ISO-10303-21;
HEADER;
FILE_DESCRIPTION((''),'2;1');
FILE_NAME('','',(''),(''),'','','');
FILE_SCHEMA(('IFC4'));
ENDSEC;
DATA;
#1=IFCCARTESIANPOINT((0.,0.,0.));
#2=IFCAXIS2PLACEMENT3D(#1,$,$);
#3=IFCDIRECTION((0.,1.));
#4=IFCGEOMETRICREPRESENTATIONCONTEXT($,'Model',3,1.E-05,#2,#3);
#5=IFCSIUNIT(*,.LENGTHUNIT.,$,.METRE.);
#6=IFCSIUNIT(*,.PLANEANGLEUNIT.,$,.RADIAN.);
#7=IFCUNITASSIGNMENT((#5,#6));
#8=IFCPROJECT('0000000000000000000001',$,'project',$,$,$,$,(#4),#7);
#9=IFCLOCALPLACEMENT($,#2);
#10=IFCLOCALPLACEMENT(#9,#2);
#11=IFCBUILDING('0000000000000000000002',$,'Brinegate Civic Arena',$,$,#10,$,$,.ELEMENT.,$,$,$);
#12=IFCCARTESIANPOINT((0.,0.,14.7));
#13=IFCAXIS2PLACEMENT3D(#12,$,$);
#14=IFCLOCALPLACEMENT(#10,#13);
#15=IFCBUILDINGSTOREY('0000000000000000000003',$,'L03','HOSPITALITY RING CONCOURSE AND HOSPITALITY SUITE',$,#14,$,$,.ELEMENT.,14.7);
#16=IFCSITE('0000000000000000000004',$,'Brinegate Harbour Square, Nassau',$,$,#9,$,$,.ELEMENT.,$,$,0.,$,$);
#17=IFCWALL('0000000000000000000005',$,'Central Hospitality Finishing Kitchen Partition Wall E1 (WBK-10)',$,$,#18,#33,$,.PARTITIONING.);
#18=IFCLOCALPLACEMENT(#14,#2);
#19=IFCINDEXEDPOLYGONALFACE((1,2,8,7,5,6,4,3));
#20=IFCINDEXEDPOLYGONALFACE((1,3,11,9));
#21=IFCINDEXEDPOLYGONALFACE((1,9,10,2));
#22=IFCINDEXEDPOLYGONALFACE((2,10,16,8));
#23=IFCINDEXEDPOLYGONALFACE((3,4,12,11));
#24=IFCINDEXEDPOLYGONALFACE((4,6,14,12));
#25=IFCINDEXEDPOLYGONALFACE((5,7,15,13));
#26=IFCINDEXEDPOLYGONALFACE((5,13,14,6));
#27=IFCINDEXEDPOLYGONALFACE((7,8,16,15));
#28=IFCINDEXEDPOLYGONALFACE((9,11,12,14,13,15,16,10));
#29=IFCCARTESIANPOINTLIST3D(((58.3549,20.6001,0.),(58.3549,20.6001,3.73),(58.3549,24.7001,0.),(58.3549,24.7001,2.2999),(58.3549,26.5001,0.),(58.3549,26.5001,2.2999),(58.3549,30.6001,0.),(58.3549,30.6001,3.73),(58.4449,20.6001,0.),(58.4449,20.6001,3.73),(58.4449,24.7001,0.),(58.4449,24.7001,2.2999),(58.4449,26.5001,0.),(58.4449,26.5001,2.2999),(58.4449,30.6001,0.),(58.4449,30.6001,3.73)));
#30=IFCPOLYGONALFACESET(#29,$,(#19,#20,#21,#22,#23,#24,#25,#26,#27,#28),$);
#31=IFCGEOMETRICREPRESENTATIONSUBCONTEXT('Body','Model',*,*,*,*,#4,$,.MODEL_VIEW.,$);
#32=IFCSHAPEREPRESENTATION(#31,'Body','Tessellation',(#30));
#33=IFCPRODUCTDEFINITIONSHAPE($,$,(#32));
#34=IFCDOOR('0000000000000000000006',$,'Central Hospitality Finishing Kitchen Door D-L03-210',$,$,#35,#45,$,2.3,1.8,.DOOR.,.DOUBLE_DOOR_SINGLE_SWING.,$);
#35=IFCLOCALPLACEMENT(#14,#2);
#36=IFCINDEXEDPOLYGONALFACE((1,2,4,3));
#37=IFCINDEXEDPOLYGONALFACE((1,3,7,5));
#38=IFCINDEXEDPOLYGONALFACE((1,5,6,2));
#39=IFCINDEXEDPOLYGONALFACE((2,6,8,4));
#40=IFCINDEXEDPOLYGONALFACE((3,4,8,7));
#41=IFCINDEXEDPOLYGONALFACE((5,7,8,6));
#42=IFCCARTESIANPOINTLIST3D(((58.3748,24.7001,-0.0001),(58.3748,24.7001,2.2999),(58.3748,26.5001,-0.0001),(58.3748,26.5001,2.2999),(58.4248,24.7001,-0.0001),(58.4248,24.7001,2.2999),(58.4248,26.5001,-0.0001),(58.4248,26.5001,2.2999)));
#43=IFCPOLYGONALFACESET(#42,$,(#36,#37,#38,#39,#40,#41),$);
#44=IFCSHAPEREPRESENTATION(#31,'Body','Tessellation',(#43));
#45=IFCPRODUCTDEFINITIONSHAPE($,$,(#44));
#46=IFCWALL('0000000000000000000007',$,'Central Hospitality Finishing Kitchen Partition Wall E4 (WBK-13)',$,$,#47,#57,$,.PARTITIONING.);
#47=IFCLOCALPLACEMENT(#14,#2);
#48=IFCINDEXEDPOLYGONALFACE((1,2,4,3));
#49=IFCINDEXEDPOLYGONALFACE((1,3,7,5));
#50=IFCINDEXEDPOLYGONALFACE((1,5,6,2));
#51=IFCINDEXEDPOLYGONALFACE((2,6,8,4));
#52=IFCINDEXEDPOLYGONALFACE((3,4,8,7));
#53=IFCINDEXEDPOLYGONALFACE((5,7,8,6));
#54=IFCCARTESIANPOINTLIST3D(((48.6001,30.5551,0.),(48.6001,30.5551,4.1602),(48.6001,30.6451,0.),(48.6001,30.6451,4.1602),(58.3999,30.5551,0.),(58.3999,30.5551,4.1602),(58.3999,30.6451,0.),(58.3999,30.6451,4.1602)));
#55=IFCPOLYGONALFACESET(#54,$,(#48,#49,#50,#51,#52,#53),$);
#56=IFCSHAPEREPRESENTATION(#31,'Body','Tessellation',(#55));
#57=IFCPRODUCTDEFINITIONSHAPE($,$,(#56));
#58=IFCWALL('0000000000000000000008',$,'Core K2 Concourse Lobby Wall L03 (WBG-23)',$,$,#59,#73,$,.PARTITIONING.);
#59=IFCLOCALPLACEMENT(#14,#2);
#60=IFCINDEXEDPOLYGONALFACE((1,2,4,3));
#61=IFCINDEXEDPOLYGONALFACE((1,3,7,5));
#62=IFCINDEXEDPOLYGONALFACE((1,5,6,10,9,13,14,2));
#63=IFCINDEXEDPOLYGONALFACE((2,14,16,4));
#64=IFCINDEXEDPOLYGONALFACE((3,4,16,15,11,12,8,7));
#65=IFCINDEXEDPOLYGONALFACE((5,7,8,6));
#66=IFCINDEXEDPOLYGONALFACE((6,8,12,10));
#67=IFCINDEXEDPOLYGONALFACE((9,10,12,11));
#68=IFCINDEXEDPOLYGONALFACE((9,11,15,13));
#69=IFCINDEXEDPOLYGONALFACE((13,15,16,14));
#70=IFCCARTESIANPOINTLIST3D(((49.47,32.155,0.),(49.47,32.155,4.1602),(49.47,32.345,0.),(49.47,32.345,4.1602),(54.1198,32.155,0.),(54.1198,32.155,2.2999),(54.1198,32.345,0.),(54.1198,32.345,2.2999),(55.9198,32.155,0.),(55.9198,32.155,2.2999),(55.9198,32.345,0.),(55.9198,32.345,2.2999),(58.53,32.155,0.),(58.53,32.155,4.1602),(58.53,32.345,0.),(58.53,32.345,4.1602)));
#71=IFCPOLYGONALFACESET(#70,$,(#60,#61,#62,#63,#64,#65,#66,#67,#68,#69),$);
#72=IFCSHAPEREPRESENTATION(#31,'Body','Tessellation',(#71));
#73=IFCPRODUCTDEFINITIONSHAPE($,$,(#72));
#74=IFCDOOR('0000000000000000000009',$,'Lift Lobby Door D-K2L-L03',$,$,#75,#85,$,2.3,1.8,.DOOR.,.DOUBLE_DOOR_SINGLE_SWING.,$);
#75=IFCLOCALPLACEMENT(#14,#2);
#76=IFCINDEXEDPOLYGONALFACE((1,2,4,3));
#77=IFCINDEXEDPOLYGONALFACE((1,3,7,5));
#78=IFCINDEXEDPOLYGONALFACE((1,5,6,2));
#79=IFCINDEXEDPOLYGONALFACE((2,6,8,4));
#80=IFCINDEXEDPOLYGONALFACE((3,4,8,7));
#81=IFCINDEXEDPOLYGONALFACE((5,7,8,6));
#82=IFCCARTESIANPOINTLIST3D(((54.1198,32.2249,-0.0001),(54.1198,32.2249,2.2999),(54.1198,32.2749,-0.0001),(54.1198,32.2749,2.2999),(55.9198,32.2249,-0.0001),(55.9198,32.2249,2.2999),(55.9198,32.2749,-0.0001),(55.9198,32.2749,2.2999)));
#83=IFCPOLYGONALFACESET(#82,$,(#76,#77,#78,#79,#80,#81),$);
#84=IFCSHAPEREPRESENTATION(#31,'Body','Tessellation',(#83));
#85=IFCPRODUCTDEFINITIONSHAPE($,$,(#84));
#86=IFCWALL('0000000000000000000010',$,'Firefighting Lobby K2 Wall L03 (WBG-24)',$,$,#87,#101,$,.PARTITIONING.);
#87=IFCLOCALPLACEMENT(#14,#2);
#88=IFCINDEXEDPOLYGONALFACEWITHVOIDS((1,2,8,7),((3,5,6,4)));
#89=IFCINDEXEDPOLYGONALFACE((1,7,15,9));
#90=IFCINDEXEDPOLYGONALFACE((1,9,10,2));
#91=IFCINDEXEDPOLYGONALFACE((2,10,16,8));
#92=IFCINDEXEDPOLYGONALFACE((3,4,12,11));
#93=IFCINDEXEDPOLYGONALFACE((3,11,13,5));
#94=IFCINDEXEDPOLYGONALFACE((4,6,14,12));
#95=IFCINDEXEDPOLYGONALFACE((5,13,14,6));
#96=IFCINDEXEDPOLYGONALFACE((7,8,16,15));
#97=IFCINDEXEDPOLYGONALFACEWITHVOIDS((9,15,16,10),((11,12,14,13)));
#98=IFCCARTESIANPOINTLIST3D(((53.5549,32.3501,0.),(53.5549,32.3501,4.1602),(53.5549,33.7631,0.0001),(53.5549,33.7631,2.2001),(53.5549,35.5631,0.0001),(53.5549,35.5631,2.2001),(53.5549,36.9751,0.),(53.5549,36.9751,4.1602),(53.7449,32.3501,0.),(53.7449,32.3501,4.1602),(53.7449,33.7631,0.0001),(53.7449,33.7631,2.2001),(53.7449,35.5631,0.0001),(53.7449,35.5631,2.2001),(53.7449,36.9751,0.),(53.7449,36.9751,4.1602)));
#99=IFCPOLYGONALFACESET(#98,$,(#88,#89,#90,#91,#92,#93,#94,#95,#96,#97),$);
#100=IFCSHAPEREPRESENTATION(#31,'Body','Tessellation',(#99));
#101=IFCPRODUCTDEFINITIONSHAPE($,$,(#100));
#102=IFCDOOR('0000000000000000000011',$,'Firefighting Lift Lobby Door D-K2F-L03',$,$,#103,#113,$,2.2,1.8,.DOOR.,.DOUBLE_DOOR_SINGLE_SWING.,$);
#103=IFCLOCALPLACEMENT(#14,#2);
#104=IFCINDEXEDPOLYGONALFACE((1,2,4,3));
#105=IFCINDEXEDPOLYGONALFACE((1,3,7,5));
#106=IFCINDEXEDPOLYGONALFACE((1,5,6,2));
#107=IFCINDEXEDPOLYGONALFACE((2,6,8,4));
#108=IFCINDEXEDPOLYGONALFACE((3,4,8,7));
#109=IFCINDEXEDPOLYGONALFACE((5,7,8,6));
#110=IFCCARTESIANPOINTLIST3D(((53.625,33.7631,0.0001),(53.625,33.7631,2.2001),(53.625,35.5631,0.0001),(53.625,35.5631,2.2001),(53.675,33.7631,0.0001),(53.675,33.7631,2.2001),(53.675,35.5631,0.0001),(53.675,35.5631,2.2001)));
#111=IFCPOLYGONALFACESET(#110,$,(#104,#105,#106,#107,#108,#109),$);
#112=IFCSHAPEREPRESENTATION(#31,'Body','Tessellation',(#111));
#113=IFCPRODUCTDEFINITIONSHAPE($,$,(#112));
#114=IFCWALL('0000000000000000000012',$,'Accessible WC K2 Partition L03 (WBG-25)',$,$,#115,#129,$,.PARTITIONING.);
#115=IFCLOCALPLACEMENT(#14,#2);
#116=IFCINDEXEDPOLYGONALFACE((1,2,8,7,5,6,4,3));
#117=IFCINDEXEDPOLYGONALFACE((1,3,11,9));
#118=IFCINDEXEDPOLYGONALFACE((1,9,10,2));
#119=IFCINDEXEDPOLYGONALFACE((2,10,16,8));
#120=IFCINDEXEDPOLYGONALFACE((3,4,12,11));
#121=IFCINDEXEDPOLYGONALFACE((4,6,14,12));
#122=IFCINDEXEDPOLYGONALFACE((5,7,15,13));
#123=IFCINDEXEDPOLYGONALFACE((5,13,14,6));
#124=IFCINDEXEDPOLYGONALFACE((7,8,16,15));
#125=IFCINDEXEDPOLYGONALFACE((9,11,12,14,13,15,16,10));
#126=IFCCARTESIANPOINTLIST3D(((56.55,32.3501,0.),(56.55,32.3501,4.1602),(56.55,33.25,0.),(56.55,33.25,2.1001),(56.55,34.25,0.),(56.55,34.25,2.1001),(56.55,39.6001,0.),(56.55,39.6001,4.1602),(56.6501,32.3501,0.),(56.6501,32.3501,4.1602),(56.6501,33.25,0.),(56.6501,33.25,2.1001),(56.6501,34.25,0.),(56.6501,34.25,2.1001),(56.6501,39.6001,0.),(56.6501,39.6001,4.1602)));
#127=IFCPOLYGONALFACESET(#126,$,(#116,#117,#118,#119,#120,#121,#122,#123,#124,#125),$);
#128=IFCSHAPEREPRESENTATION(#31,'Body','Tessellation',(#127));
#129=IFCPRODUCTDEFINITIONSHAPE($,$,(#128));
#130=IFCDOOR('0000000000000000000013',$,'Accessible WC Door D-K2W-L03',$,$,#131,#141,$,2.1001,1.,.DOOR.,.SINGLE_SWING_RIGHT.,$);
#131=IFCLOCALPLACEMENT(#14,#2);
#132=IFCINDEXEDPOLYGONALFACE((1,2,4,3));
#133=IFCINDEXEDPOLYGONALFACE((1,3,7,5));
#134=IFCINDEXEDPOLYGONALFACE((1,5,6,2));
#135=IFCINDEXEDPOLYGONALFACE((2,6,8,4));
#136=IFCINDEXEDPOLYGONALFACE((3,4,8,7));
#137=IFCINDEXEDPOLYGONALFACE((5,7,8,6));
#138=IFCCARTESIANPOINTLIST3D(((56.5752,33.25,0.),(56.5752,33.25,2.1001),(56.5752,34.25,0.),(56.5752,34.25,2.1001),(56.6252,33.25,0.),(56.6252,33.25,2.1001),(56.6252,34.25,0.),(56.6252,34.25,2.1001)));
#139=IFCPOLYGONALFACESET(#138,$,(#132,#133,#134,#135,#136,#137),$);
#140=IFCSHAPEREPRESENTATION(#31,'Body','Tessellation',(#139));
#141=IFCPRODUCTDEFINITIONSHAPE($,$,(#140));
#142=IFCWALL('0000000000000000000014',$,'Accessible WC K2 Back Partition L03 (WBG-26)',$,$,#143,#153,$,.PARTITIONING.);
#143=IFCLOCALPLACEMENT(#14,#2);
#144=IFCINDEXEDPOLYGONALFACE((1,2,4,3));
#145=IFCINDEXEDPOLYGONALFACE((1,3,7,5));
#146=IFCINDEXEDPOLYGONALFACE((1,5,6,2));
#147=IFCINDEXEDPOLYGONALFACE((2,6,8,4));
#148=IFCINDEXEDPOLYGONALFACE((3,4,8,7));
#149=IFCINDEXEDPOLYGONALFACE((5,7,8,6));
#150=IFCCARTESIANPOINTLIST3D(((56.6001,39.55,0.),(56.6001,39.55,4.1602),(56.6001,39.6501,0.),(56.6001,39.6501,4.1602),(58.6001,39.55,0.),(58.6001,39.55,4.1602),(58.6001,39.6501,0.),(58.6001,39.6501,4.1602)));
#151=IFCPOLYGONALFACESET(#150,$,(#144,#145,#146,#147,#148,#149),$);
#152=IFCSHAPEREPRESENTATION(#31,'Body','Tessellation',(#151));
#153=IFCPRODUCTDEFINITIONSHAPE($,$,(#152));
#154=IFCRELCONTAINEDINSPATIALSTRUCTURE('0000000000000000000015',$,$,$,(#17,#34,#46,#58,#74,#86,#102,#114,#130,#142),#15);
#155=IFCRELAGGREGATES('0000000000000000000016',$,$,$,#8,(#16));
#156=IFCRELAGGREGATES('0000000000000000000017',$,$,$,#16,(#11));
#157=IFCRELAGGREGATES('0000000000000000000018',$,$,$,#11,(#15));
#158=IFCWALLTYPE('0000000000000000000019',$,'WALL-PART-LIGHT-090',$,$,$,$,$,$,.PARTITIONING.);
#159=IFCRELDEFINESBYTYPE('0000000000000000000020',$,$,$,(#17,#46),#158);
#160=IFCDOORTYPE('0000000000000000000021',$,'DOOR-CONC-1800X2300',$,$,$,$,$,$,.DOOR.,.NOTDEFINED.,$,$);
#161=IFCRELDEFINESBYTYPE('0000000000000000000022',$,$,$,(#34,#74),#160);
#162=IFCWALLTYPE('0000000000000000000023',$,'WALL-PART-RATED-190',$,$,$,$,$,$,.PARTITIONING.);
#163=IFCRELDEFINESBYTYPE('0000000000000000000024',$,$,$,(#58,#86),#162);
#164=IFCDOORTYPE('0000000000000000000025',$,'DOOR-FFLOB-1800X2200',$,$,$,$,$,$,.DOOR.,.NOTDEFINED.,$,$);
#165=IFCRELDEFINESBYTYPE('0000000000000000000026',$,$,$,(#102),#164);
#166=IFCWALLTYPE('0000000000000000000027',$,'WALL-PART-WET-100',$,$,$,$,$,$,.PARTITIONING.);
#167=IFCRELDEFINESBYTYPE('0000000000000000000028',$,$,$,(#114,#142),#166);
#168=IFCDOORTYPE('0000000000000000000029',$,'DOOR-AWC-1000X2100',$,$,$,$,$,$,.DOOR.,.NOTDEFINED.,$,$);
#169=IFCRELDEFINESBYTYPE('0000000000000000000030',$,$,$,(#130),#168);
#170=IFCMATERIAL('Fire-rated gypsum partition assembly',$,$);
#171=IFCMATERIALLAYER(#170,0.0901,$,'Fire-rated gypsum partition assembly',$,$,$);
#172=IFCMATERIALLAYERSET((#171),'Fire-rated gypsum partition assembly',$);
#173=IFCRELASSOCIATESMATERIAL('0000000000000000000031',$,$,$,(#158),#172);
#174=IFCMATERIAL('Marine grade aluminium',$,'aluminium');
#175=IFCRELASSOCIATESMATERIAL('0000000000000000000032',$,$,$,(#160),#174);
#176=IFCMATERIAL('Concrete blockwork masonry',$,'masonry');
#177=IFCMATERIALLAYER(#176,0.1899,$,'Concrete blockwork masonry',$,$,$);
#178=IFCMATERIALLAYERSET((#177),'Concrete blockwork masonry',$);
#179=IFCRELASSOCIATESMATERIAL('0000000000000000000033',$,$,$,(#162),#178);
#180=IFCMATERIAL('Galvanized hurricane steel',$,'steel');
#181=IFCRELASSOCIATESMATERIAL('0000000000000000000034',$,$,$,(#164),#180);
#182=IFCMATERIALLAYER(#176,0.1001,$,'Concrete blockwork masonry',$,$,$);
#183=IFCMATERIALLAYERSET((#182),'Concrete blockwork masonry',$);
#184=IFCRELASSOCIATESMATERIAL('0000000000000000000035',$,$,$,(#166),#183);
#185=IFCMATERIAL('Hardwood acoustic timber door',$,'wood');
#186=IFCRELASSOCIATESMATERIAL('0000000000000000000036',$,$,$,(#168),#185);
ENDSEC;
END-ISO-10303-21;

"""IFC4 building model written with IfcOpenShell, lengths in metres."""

from ifc_helpers import new_model, si_unit, direction, frame, frame_2d, origin, place, context, subcontext, project, spatial, rectangle, extrude, material, layer, layer_set, type_object, element, fill, save


model = new_model("IFC4")

# Units and contexts
model_context = context("Model", 3, precision=1e-05, world=origin(), true_north=direction((0.0, 1.0)))
body_context = subcontext(model_context, "Body", "Model", "MODEL_VIEW")
ifc_project = project(units=[si_unit("LENGTHUNIT", "METRE"), si_unit("PLANEANGLEUNIT", "RADIAN")], contexts=[model_context])

# Site, building, storey
site_placement = place(None, origin())
site = spatial("IfcSite", under=ifc_project, at=site_placement, Name="Brinegate Harbour Square, Nassau", CompositionType="ELEMENT", RefElevation=0.0)
building_placement = place(site_placement, origin())
building = spatial("IfcBuilding", under=site, at=building_placement, Name="Brinegate Civic Arena", CompositionType="ELEMENT")
storey_placement = place(building_placement, frame((0.0, 0.0, 14.7)))
storey = spatial("IfcBuildingStorey", under=building, at=storey_placement, Name="L03", Description="HOSPITALITY RING CONCOURSE AND HOSPITALITY SUITE", CompositionType="ELEMENT", Elevation=14.7)

# Wall, opening, door
ifc_material_1 = material(Name="Fire-rated gypsum partition assembly")
ifc_layer_1 = layer(ifc_material_1, 0.0901, Name="Fire-rated gypsum partition assembly")
ifc_layer_set_1 = layer_set([ifc_layer_1], Name="Fire-rated gypsum partition assembly")
wall_type_1 = type_object("IfcWallType", Name="WALL-PART-LIGHT-090", PredefinedType="PARTITIONING", material=ifc_layer_set_1)
wall_1_placement = place(storey_placement, frame((58.3999, 30.6001, 0.0), z_axis=(0.0, 0.0, 1.0), x_axis=(0.0, -1.0, 0.0)))
wall_1 = element("IfcWall", 1, at=wall_1_placement, inside=storey, type_object=wall_type_1, Name="Central Hospitality Finishing Kitchen Partition Wall E1 (WBK-10)", PredefinedType="PARTITIONING", context=body_context, shape_type="SweptSolid", body=[
    extrude(rectangle(XDim=10.0, YDim=0.0901, at=frame_2d((5.0, 0.0))), origin(), (0.0, 0.0, 1.0), 3.73),
])
opening_1_placement = place(wall_1_placement, frame((4.1001, 0.0, 0.0)))
opening_1 = element("IfcOpeningElement", 2, at=opening_1_placement, cuts=wall_1, PredefinedType="OPENING", context=body_context, shape_type="SweptSolid", body=[
    extrude(rectangle(XDim=1.8, YDim=2.3, at=frame_2d((0.8999, 1.1499))), frame((0.0, 0.0549, 0.0), z_axis=(0.0, -1.0, 0.0), x_axis=(1.0, 0.0, 0.0)), (0.0, 0.0, 1.0), 0.1101),
])
ifc_material_2 = material(Name="Marine grade aluminium", Category="aluminium")
door_type_1 = type_object("IfcDoorType", Name="DOOR-CONC-1800X2300", OperationType="NOTDEFINED", PredefinedType="DOOR", material=ifc_material_2)
door_1_placement = place(opening_1_placement, origin())
door_1 = element("IfcDoor", 3, at=door_1_placement, inside=storey, type_object=door_type_1, Name="Central Hospitality Finishing Kitchen Door D-L03-210", OperationType="DOUBLE_DOOR_SINGLE_SWING", OverallHeight=2.3, OverallWidth=1.8, PredefinedType="DOOR", context=body_context, shape_type="SweptSolid", body=[
    extrude(rectangle(XDim=1.8, YDim=2.3, at=frame_2d((0.8999, 1.1499))), frame((0.0, 0.0249, 0.0), z_axis=(0.0, -1.0, 0.0), x_axis=(1.0, 0.0, 0.0)), (0.0, 0.0, 1.0), 0.05),
])
fill(opening_1, door_1)

# Wall
wall_2_placement = place(storey_placement, frame((48.6001, 30.6001, 0.0), z_axis=(0.0, 0.0, 1.0), x_axis=(1.0, 0.0, 0.0)))
element("IfcWall", 4, at=wall_2_placement, inside=storey, type_object=wall_type_1, Name="Central Hospitality Finishing Kitchen Partition Wall E4 (WBK-13)", PredefinedType="PARTITIONING", context=body_context, shape_type="SweptSolid", body=[
    extrude(rectangle(XDim=9.7998, YDim=0.0901, at=frame_2d((4.8999, 0.0))), origin(), (0.0, 0.0, 1.0), 4.1602),
])

# Walls, openings, doors
ifc_material_3 = material(Name="Concrete blockwork masonry", Category="masonry")
ifc_layer_2 = layer(ifc_material_3, 0.1899, Name="Concrete blockwork masonry")
ifc_layer_set_2 = layer_set([ifc_layer_2], Name="Concrete blockwork masonry")
wall_type_2 = type_object("IfcWallType", Name="WALL-PART-RATED-190", PredefinedType="PARTITIONING", material=ifc_layer_set_2)
wall_3_placement = place(storey_placement, frame((49.47, 32.25, 0.0), z_axis=(0.0, 0.0, 1.0), x_axis=(1.0, 0.0, 0.0)))
wall_3 = element("IfcWall", 5, at=wall_3_placement, inside=storey, type_object=wall_type_2, Name="Core K2 Concourse Lobby Wall L03 (WBG-23)", PredefinedType="PARTITIONING", context=body_context, shape_type="SweptSolid", body=[
    extrude(rectangle(XDim=9.0601, YDim=0.1899, at=frame_2d((4.53, 0.0))), origin(), (0.0, 0.0, 1.0), 4.1602),
])
opening_2_placement = place(wall_3_placement, frame((4.6499, 0.0, 0.0)))
opening_2 = element("IfcOpeningElement", 6, at=opening_2_placement, cuts=wall_3, PredefinedType="OPENING", context=body_context, shape_type="SweptSolid", body=[
    extrude(rectangle(XDim=1.8, YDim=2.3, at=frame_2d((0.8999, 1.1499))), frame((0.0, 0.105, 0.0), z_axis=(0.0, -1.0, 0.0), x_axis=(1.0, 0.0, 0.0)), (0.0, 0.0, 1.0), 0.21),
])
door_2_placement = place(opening_2_placement, origin())
door_2 = element("IfcDoor", 7, at=door_2_placement, inside=storey, type_object=door_type_1, Name="Lift Lobby Door D-K2L-L03", OperationType="DOUBLE_DOOR_SINGLE_SWING", OverallHeight=2.3, OverallWidth=1.8, PredefinedType="DOOR", context=body_context, shape_type="SweptSolid", body=[
    extrude(rectangle(XDim=1.8, YDim=2.3, at=frame_2d((0.8999, 1.1499))), frame((0.0, 0.0249, 0.0), z_axis=(0.0, -1.0, 0.0), x_axis=(1.0, 0.0, 0.0)), (0.0, 0.0, 1.0), 0.05),
])
fill(opening_2, door_2)
wall_4_placement = place(storey_placement, frame((53.6499, 32.3501, 0.0), z_axis=(0.0, 0.0, 1.0), x_axis=(0.0, 1.0, 0.0)))
wall_4 = element("IfcWall", 8, at=wall_4_placement, inside=storey, type_object=wall_type_2, Name="Firefighting Lobby K2 Wall L03 (WBG-24)", PredefinedType="PARTITIONING", context=body_context, shape_type="SweptSolid", body=[
    extrude(rectangle(XDim=4.625, YDim=0.1899, at=frame_2d((2.3125, 0.0))), origin(), (0.0, 0.0, 1.0), 4.1602),
])
opening_3_placement = place(wall_4_placement, frame((1.4131, 0.0, 0.0)))
opening_3 = element("IfcOpeningElement", 9, at=opening_3_placement, cuts=wall_4, PredefinedType="OPENING", context=body_context, shape_type="SweptSolid", body=[
    extrude(rectangle(XDim=1.8, YDim=2.2, at=frame_2d((0.8999, 1.1001))), frame((0.0, 0.105, 0.0), z_axis=(0.0, -1.0, 0.0), x_axis=(1.0, 0.0, 0.0)), (0.0, 0.0, 1.0), 0.21),
])
ifc_material_4 = material(Name="Galvanized hurricane steel", Category="steel")
door_type_2 = type_object("IfcDoorType", Name="DOOR-FFLOB-1800X2200", OperationType="NOTDEFINED", PredefinedType="DOOR", material=ifc_material_4)
door_3_placement = place(opening_3_placement, origin())
door_3 = element("IfcDoor", 10, at=door_3_placement, inside=storey, type_object=door_type_2, Name="Firefighting Lift Lobby Door D-K2F-L03", OperationType="DOUBLE_DOOR_SINGLE_SWING", OverallHeight=2.2, OverallWidth=1.8, PredefinedType="DOOR", context=body_context, shape_type="SweptSolid", body=[
    extrude(rectangle(XDim=1.8, YDim=2.2, at=frame_2d((0.8999, 1.1001))), frame((0.0, 0.0249, 0.0), z_axis=(0.0, -1.0, 0.0), x_axis=(1.0, 0.0, 0.0)), (0.0, 0.0, 1.0), 0.05),
])
fill(opening_3, door_3)
ifc_layer_3 = layer(ifc_material_3, 0.1001, Name="Concrete blockwork masonry")
ifc_layer_set_3 = layer_set([ifc_layer_3], Name="Concrete blockwork masonry")
wall_type_3 = type_object("IfcWallType", Name="WALL-PART-WET-100", PredefinedType="PARTITIONING", material=ifc_layer_set_3)
wall_5_placement = place(storey_placement, frame((56.6001, 32.3501, 0.0), z_axis=(0.0, 0.0, 1.0), x_axis=(0.0, 1.0, 0.0)))
wall_5 = element("IfcWall", 11, at=wall_5_placement, inside=storey, type_object=wall_type_3, Name="Accessible WC K2 Partition L03 (WBG-25)", PredefinedType="PARTITIONING", context=body_context, shape_type="SweptSolid", body=[
    extrude(rectangle(XDim=7.25, YDim=0.1001, at=frame_2d((3.625, 0.0))), origin(), (0.0, 0.0, 1.0), 4.1602),
])
opening_4_placement = place(wall_5_placement, frame((0.8999, 0.0, 0.0)))
opening_4 = element("IfcOpeningElement", 12, at=opening_4_placement, cuts=wall_5, PredefinedType="OPENING", context=body_context, shape_type="SweptSolid", body=[
    extrude(rectangle(XDim=1.0, YDim=2.1001, at=frame_2d((0.5, 1.05))), frame((0.0, 0.0601, 0.0), z_axis=(0.0, -1.0, 0.0), x_axis=(1.0, 0.0, 0.0)), (0.0, 0.0, 1.0), 0.1201),
])
ifc_material_5 = material(Name="Hardwood acoustic timber door", Category="wood")
door_type_3 = type_object("IfcDoorType", Name="DOOR-AWC-1000X2100", OperationType="NOTDEFINED", PredefinedType="DOOR", material=ifc_material_5)
door_4_placement = place(opening_4_placement, origin())
door_4 = element("IfcDoor", 13, at=door_4_placement, inside=storey, type_object=door_type_3, Name="Accessible WC Door D-K2W-L03", OperationType="SINGLE_SWING_RIGHT", OverallHeight=2.1001, OverallWidth=1.0, PredefinedType="DOOR", context=body_context, shape_type="SweptSolid", body=[
    extrude(rectangle(XDim=1.0, YDim=2.1001, at=frame_2d((0.5, 1.05))), frame((0.0, 0.0249, 0.0), z_axis=(0.0, -1.0, 0.0), x_axis=(1.0, 0.0, 0.0)), (0.0, 0.0, 1.0), 0.05),
])
fill(opening_4, door_4)

# Wall
wall_6_placement = place(storey_placement, frame((56.6001, 39.6001, 0.0), z_axis=(0.0, 0.0, 1.0), x_axis=(1.0, 0.0, 0.0)))
element("IfcWall", 14, at=wall_6_placement, inside=storey, type_object=wall_type_3, Name="Accessible WC K2 Back Partition L03 (WBG-26)", PredefinedType="PARTITIONING", context=body_context, shape_type="SweptSolid", body=[
    extrude(rectangle(XDim=2.0, YDim=0.1001, at=frame_2d((1.0, 0.0))), origin(), (0.0, 0.0, 1.0), 4.1602),
])

save(model, "model.ifc")
